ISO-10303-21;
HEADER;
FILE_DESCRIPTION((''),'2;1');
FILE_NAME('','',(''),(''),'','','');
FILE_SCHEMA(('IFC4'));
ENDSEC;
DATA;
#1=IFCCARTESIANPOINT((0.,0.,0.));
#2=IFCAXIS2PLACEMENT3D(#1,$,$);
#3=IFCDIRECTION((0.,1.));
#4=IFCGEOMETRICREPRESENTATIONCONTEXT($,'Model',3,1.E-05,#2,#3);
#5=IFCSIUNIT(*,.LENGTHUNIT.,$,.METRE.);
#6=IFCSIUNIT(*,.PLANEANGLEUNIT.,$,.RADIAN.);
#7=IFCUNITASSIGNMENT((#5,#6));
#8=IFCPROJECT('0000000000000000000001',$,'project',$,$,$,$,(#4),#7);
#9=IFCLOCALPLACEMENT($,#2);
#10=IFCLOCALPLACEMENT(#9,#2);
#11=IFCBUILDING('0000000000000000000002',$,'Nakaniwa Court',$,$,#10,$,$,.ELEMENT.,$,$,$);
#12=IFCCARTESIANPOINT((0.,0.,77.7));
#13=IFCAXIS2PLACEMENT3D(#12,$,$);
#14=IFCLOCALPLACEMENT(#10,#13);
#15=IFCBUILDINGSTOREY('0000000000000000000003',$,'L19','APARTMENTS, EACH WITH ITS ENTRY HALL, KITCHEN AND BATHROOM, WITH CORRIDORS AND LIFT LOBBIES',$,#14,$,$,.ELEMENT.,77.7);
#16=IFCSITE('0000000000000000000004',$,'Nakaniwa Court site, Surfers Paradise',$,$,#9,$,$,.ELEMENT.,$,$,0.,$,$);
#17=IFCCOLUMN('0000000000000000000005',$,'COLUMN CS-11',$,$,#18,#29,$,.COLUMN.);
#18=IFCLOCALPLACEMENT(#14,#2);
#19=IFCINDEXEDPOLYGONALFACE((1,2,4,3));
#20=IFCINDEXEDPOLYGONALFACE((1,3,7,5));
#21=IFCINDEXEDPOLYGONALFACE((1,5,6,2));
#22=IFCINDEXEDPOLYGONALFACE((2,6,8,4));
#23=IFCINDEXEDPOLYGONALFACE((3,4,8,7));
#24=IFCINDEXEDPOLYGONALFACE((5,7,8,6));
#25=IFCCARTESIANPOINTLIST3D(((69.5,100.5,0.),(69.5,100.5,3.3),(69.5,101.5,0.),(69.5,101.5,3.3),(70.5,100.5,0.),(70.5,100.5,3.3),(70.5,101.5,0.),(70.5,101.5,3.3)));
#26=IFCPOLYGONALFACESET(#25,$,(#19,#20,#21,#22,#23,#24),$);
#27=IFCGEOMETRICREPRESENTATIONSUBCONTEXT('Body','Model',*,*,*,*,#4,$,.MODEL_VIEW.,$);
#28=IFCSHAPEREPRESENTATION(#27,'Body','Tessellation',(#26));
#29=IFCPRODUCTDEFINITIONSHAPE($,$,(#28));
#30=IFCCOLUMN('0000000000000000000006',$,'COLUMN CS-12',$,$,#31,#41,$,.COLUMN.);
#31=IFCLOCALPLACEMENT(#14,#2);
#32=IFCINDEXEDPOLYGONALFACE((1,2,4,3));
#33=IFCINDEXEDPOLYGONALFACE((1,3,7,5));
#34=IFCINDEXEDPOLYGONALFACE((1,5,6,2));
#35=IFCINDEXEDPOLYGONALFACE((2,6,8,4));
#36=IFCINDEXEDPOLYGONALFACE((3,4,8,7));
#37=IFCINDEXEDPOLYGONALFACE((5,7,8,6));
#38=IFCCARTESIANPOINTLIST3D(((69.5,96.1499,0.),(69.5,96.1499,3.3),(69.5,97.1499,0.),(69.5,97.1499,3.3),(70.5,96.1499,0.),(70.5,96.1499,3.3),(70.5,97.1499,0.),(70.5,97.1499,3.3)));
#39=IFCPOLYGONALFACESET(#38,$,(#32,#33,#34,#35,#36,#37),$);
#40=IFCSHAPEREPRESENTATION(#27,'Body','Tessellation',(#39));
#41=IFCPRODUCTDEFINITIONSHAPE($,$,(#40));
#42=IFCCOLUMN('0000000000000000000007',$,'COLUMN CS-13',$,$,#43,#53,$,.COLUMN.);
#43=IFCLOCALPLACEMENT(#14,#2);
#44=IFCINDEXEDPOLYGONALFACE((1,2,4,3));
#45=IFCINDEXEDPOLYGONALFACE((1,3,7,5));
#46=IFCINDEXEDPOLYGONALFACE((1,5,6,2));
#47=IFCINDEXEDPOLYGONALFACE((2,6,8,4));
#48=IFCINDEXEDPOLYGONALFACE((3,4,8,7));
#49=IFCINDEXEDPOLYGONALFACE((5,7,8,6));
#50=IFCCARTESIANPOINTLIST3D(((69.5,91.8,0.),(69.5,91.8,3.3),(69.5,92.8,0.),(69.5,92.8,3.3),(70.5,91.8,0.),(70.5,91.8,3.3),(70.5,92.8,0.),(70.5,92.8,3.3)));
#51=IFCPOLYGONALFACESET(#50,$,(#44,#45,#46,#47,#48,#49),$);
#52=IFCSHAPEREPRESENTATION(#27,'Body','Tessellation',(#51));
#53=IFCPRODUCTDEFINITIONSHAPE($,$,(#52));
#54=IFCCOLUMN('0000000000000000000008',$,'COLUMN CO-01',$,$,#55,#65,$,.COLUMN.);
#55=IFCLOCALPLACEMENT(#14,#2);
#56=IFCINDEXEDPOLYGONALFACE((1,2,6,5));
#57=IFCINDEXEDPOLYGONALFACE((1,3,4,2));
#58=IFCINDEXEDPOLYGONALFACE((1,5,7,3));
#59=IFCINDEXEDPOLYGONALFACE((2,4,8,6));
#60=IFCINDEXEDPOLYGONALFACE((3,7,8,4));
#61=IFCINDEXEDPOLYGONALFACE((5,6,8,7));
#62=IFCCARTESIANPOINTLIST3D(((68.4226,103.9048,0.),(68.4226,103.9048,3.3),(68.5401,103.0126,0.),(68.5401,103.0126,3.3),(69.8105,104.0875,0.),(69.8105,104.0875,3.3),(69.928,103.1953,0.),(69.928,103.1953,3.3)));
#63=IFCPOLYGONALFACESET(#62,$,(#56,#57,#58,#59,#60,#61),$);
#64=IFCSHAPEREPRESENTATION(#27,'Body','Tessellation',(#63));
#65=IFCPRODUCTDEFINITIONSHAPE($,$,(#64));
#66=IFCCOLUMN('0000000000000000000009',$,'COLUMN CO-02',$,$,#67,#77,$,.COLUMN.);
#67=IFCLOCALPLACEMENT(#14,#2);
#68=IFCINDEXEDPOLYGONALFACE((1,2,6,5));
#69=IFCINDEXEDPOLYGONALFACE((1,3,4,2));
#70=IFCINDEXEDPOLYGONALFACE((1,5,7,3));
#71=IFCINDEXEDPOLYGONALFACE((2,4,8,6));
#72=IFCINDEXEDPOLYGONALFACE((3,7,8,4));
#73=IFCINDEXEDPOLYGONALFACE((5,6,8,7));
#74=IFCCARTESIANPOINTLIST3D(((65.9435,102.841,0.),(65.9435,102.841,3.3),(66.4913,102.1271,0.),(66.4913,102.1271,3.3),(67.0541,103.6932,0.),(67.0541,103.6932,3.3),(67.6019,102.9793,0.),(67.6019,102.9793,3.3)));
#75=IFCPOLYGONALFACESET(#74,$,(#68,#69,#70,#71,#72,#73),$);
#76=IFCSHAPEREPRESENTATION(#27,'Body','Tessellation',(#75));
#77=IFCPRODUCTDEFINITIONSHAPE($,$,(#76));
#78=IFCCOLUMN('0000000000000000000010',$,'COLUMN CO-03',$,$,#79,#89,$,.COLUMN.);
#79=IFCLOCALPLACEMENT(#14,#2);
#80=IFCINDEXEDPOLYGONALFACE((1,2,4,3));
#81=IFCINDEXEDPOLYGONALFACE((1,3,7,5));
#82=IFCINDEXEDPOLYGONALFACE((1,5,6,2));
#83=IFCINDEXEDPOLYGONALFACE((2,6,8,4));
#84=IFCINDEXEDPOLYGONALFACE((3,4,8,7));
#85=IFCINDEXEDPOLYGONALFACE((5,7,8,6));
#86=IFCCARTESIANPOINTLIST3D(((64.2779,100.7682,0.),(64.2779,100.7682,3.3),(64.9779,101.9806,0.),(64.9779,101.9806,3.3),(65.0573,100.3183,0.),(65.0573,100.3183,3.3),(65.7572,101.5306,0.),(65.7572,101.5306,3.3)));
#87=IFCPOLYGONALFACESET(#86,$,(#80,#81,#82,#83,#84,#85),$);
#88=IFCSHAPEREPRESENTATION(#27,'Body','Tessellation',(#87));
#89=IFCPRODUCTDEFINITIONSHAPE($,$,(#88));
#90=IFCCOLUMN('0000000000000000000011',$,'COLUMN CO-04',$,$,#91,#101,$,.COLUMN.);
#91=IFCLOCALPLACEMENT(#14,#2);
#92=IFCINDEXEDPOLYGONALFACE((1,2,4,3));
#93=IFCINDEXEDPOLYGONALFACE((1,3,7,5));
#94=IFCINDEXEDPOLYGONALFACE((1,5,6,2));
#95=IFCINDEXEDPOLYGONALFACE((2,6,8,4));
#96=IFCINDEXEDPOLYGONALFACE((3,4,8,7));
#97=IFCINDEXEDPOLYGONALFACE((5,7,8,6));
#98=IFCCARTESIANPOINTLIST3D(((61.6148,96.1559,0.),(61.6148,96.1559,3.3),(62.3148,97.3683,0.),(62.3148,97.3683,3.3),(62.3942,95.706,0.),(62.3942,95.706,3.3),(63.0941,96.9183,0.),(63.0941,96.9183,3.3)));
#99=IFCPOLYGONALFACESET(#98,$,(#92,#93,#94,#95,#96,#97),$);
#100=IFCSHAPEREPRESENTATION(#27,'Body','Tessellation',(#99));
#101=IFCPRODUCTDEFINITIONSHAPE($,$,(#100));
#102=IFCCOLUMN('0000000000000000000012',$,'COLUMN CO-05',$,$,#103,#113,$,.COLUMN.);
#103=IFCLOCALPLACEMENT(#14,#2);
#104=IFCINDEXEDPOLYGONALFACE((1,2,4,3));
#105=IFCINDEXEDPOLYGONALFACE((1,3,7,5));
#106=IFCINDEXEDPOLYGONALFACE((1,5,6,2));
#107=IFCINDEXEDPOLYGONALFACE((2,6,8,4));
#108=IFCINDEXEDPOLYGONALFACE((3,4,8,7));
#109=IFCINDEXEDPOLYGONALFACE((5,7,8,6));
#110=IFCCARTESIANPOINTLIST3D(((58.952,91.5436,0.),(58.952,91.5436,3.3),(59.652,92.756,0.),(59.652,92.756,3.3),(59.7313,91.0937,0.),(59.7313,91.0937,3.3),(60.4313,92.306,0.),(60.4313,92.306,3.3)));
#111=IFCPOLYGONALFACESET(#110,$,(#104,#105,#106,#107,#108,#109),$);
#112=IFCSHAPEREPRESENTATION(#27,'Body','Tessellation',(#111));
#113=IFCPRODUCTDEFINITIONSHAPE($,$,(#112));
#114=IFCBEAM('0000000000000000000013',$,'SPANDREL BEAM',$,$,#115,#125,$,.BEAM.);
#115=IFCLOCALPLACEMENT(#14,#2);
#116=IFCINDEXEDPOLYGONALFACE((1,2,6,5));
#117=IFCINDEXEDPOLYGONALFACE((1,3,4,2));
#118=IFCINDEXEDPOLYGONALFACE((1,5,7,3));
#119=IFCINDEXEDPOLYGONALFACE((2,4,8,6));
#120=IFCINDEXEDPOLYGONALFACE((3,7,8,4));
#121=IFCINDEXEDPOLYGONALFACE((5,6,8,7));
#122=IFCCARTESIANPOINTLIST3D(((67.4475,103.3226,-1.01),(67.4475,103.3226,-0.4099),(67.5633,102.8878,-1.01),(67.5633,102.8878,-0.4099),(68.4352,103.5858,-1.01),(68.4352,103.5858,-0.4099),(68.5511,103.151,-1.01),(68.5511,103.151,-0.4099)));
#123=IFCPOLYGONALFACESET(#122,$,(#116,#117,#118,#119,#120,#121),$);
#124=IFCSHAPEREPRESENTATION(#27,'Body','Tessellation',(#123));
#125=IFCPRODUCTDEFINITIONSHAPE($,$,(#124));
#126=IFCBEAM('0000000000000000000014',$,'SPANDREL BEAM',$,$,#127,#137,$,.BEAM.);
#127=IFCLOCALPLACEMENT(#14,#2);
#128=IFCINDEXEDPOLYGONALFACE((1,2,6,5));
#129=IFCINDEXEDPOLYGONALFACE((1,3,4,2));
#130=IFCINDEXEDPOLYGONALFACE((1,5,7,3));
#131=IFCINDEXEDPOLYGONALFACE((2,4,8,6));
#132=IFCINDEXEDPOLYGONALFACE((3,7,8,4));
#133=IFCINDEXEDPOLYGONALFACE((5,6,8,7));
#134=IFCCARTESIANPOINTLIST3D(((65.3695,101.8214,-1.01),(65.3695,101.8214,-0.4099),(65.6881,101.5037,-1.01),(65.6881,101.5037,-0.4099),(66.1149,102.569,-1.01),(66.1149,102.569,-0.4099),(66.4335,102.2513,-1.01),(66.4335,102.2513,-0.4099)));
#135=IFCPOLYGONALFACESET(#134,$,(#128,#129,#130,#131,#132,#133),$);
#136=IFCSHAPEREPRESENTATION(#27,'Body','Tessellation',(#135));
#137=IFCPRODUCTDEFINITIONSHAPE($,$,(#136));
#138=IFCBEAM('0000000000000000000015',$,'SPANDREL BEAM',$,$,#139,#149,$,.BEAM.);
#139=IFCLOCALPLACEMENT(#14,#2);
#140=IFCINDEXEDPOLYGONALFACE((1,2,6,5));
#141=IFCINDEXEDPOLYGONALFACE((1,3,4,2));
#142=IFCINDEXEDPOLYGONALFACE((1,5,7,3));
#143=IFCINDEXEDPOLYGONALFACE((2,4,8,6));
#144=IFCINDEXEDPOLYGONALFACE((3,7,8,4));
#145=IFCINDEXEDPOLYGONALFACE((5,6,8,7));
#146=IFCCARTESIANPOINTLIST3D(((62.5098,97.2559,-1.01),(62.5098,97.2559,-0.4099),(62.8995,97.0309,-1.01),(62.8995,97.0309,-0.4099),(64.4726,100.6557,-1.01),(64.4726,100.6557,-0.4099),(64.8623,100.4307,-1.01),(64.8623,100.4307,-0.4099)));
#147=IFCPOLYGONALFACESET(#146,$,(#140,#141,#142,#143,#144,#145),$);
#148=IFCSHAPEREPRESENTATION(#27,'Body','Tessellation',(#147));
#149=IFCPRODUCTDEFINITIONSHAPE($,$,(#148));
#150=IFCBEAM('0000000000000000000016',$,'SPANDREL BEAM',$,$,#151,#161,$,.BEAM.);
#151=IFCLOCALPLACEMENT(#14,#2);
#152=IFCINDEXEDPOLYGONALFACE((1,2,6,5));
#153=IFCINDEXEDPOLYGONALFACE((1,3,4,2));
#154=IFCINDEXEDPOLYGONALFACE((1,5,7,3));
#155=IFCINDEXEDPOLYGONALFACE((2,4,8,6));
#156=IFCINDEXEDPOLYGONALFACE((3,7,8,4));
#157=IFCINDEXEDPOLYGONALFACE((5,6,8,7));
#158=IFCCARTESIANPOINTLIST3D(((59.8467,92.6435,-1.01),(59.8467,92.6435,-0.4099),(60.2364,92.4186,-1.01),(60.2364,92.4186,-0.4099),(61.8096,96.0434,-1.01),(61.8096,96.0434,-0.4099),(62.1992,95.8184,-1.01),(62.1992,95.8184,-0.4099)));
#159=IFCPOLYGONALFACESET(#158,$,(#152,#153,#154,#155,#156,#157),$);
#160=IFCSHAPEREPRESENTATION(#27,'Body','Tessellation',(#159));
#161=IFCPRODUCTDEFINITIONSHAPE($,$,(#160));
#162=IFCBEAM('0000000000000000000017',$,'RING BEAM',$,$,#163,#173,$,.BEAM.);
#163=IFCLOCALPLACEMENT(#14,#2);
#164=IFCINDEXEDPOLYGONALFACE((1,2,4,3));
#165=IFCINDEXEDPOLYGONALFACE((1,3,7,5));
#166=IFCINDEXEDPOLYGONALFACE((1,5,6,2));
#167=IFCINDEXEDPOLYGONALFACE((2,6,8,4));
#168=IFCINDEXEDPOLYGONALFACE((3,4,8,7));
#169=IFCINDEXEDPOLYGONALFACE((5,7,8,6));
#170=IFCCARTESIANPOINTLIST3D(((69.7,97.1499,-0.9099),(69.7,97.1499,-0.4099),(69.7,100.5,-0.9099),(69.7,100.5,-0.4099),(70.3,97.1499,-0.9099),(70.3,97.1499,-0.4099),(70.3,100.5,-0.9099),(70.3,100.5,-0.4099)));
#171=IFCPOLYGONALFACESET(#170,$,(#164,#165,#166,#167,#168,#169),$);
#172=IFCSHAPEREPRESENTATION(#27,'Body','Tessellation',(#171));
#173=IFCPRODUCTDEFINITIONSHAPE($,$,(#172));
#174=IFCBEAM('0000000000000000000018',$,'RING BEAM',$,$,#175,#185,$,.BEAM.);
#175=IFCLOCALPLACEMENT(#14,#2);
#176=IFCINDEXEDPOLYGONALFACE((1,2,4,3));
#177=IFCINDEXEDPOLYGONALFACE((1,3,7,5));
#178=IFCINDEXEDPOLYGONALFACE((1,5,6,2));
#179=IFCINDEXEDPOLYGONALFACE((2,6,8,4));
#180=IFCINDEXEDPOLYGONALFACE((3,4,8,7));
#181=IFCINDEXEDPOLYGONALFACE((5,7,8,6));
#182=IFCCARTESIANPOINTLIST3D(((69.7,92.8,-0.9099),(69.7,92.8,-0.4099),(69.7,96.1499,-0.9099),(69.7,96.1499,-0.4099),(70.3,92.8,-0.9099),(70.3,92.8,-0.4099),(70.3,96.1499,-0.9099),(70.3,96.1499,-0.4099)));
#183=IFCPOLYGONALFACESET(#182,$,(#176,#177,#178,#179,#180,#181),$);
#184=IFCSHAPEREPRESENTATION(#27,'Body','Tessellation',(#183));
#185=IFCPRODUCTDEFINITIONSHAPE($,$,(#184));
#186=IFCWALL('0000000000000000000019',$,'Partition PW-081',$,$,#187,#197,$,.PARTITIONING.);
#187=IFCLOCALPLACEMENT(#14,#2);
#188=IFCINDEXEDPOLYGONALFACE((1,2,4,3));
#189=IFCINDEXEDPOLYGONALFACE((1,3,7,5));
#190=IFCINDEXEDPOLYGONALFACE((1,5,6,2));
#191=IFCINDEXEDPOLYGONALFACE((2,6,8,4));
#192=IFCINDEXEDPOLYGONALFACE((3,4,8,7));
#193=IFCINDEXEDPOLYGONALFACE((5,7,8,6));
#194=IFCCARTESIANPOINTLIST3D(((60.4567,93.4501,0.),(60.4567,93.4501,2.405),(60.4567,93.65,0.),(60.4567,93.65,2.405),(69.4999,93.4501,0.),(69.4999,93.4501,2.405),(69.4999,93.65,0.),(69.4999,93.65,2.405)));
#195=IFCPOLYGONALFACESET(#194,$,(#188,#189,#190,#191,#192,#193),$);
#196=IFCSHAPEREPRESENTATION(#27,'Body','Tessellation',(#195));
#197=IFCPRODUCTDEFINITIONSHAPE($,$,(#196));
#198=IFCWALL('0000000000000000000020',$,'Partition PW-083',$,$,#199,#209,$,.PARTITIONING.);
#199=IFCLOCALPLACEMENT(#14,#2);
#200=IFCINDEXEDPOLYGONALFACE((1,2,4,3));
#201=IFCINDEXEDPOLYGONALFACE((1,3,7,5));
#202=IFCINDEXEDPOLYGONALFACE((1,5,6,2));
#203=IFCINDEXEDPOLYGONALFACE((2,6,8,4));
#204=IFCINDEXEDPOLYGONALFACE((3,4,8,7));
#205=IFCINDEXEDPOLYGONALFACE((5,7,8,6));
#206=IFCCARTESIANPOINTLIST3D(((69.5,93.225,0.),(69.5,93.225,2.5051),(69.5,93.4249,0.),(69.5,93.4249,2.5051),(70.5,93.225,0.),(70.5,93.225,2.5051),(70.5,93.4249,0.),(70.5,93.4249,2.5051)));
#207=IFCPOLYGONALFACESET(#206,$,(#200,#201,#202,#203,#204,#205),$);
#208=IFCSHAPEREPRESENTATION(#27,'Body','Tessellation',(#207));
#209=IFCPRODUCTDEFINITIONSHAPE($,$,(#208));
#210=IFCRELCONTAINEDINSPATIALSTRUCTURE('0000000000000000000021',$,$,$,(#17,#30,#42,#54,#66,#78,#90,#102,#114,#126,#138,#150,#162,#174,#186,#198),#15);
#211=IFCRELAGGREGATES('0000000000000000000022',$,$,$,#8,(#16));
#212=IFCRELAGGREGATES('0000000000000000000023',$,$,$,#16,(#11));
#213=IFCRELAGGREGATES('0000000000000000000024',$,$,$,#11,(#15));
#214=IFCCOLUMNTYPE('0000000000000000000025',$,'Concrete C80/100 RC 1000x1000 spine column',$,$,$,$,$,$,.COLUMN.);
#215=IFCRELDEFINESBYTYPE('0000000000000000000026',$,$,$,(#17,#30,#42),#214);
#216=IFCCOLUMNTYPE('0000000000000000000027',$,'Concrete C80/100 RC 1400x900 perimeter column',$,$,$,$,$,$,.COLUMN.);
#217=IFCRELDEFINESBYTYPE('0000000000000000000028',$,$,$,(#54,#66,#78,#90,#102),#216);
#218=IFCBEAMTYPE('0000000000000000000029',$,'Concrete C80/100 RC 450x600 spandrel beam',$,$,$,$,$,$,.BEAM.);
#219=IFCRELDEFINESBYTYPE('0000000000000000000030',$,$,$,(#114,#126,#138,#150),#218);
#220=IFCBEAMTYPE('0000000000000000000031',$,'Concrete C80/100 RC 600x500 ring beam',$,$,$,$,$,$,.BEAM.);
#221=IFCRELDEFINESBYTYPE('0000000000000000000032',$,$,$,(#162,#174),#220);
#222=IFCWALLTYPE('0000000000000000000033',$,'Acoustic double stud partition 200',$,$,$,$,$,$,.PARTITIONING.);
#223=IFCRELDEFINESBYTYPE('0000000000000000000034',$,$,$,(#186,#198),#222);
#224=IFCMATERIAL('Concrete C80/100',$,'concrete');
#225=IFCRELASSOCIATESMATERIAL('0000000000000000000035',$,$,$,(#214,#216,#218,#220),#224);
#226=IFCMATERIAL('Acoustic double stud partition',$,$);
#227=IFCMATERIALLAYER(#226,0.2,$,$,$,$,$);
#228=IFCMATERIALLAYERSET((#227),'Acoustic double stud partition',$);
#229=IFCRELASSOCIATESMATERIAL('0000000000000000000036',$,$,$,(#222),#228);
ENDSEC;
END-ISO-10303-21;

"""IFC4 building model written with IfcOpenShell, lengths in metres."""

from ifc_helpers import new_model, si_unit, direction, frame, frame_2d, origin, origin_2d, place, context, subcontext, project, spatial, rectangle, extrude, material, layer, layer_set, material_profile, profile_set, type_object, element, save


model = new_model("IFC4")

# Units and contexts
model_context = context("Model", 3, precision=1e-05, world=origin(), true_north=direction((0.0, 1.0)))
body_context = subcontext(model_context, "Body", "Model", "MODEL_VIEW")
ifc_project = project(units=[si_unit("LENGTHUNIT", "METRE"), si_unit("PLANEANGLEUNIT", "RADIAN")], contexts=[model_context])

# Site, building, storey
site_placement = place(None, origin())
site = spatial("IfcSite", under=ifc_project, at=site_placement, Name="Nakaniwa Court site, Surfers Paradise", CompositionType="ELEMENT", RefElevation=0.0)
building_placement = place(site_placement, origin())
building = spatial("IfcBuilding", under=site, at=building_placement, Name="Nakaniwa Court", CompositionType="ELEMENT")
storey_placement = place(building_placement, frame((0.0, 0.0, 77.7)))
storey = spatial("IfcBuildingStorey", under=building, at=storey_placement, Name="L19", Description="APARTMENTS, EACH WITH ITS ENTRY HALL, KITCHEN AND BATHROOM, WITH CORRIDORS AND LIFT LOBBIES", CompositionType="ELEMENT", Elevation=77.7)

# Columns
ifc_material_1 = material(Name="Concrete C80/100", Category="concrete")
ifc_material_profile_1 = material_profile(ifc_material_1, rectangle(XDim=1.0, YDim=1.0, at=origin_2d()), Name="Concrete C80/100 RC 1000x1000 spine column")
ifc_profile_set_1 = profile_set([ifc_material_profile_1], Name="Concrete C80/100")
column_type_1 = type_object("IfcColumnType", Name="Concrete C80/100 RC 1000x1000 spine column", PredefinedType="COLUMN", material=ifc_profile_set_1)
for number, where, z_axis, x_axis, name in (
    (1, (70.0, 101.0, 0.0), (0.0, 0.0, 1.0), (0.0, -1.0, 0.0), "COLUMN CS-11"),
    (2, (70.0, 96.6499, 0.0), (0.0, 0.0, 1.0), (0.0, -1.0, 0.0), "COLUMN CS-12"),
    (3, (70.0, 92.3, 0.0), (0.0, 0.0, 1.0), (0.0, -1.0, 0.0), "COLUMN CS-13"),
):
    element("IfcColumn", number, at=place(storey_placement, frame(where, z_axis=z_axis, x_axis=x_axis)), inside=storey, type_object=column_type_1, Name=name, PredefinedType="COLUMN", context=body_context, shape_type="SweptSolid", body=[
        extrude(rectangle(XDim=1.0, YDim=1.0, at=origin_2d()), origin(), (0.0, 0.0, 1.0), 3.3),
    ])
ifc_material_profile_2 = material_profile(ifc_material_1, rectangle(XDim=1.3999, YDim=0.8999, at=origin_2d()), Name="Concrete C80/100 RC 1400x900 perimeter column")
ifc_profile_set_2 = profile_set([ifc_material_profile_2], Name="Concrete C80/100")
column_type_2 = type_object("IfcColumnType", Name="Concrete C80/100 RC 1400x900 perimeter column", PredefinedType="COLUMN", material=ifc_profile_set_2)
for number, where, z_axis, x_axis, name in (
    (4, (69.1753, 103.55, 0.0), (0.0, 0.0, 1.0), (-0.991443, -0.130543, 0.0), "COLUMN CO-01"),
    (5, (66.7727, 102.9102, 0.0), (0.0, 0.0, 1.0), (-0.793364, -0.608748, 0.0), "COLUMN CO-02"),
    (6, (65.0176, 101.1494, 0.0), (0.0, 0.0, 1.0), (-0.5, -0.866025, 0.0), "COLUMN CO-03"),
    (7, (62.3545, 96.5371, 0.0), (0.0, 0.0, 1.0), (-0.5, -0.866025, 0.0), "COLUMN CO-04"),
    (8, (59.6917, 91.9248, 0.0), (0.0, 0.0, 1.0), (-0.5, -0.866025, 0.0), "COLUMN CO-05"),
):
    element("IfcColumn", number, at=place(storey_placement, frame(where, z_axis=z_axis, x_axis=x_axis)), inside=storey, type_object=column_type_2, Name=name, PredefinedType="COLUMN", context=body_context, shape_type="SweptSolid", body=[
        extrude(rectangle(XDim=1.3999, YDim=0.8999, at=origin_2d()), origin(), (0.0, 0.0, 1.0), 3.3),
    ])

# Beams
ifc_material_profile_3 = material_profile(ifc_material_1, rectangle(XDim=0.45, YDim=0.6001, at=origin_2d()), Name="Concrete C80/100 RC 450x600 spandrel beam")
ifc_profile_set_3 = profile_set([ifc_material_profile_3], Name="Concrete C80/100")
beam_type_1 = type_object("IfcBeamType", Name="Concrete C80/100 RC 450x600 spandrel beam", PredefinedType="BEAM", material=ifc_profile_set_3)
beam_1_placement = place(storey_placement, frame((68.4932, 103.3684, -0.71), z_axis=(-0.96629, -0.257455, 0.0), x_axis=(0.257455, -0.96629, 0.0)))
element("IfcBeam", 9, at=beam_1_placement, inside=storey, type_object=beam_type_1, Name="SPANDREL BEAM", PredefinedType="BEAM", context=body_context, shape_type="SweptSolid", body=[
    extrude(rectangle(XDim=0.45, YDim=0.6001, at=origin_2d()), origin(), (0.0, 0.0, 1.0), 1.0222),
])
beam_2_placement = place(storey_placement, frame((66.2742, 102.4102, -0.71), z_axis=(-0.706065, -0.708147, 0.0), x_axis=(0.708147, -0.706065, 0.0)))
element("IfcBeam", 10, at=beam_2_placement, inside=storey, type_object=beam_type_1, Name="SPANDREL BEAM", PredefinedType="BEAM", context=body_context, shape_type="SweptSolid", body=[
    extrude(rectangle(XDim=0.45, YDim=0.6001, at=origin_2d()), origin(), (0.0, 0.0, 1.0), 1.0557),
])
for number, where, z_axis, x_axis, name in (
    (11, (64.6675, 100.5432, -0.71), (-0.499992, -0.86603, 0.0), (0.86603, -0.499992, 0.0), "SPANDREL BEAM"),
    (12, (62.0044, 95.9309, -0.71), (-0.499992, -0.86603, 0.0), (0.86603, -0.499992, 0.0), "SPANDREL BEAM"),
):
    element("IfcBeam", number, at=place(storey_placement, frame(where, z_axis=z_axis, x_axis=x_axis)), inside=storey, type_object=beam_type_1, Name=name, PredefinedType="BEAM", context=body_context, shape_type="SweptSolid", body=[
        extrude(rectangle(XDim=0.45, YDim=0.6001, at=origin_2d()), origin(), (0.0, 0.0, 1.0), 3.9258),
    ])
ifc_material_profile_4 = material_profile(ifc_material_1, rectangle(XDim=0.6001, YDim=0.5, at=origin_2d()), Name="Concrete C80/100 RC 600x500 ring beam")
ifc_profile_set_4 = profile_set([ifc_material_profile_4], Name="Concrete C80/100")
beam_type_2 = type_object("IfcBeamType", Name="Concrete C80/100 RC 600x500 ring beam", PredefinedType="BEAM", material=ifc_profile_set_4)
beam_3_placement = place(storey_placement, frame((70.0, 100.5, -0.6599), z_axis=(0.0, -1.0, 0.0), x_axis=(1.0, 0.0, 0.0)))
element("IfcBeam", 13, at=beam_3_placement, inside=storey, type_object=beam_type_2, Name="RING BEAM", PredefinedType="BEAM", context=body_context, shape_type="SweptSolid", body=[
    extrude(rectangle(XDim=0.6001, YDim=0.5, at=origin_2d()), origin(), (0.0, 0.0, 1.0), 3.3501),
])
beam_4_placement = place(storey_placement, frame((70.0, 96.1499, -0.6599), z_axis=(0.0, -1.0, 0.0), x_axis=(1.0, 0.0, 0.0)))
element("IfcBeam", 14, at=beam_4_placement, inside=storey, type_object=beam_type_2, Name="RING BEAM", PredefinedType="BEAM", context=body_context, shape_type="SweptSolid", body=[
    extrude(rectangle(XDim=0.6001, YDim=0.5, at=origin_2d()), origin(), (0.0, 0.0, 1.0), 3.3499),
])

# Walls
ifc_material_2 = material(Name="Acoustic double stud partition")
ifc_layer_1 = layer(ifc_material_2, 0.2)
ifc_layer_set_1 = layer_set([ifc_layer_1], Name="Acoustic double stud partition")
wall_type_1 = type_object("IfcWallType", Name="Acoustic double stud partition 200", PredefinedType="PARTITIONING", material=ifc_layer_set_1)
wall_1_placement = place(storey_placement, frame((60.4568, 93.55, 0.0), z_axis=(0.0, 0.0, 1.0), x_axis=(1.0, 0.0, 0.0)))
element("IfcWall", 15, at=wall_1_placement, inside=storey, type_object=wall_type_1, Name="Partition PW-081", PredefinedType="PARTITIONING", context=body_context, shape_type="SweptSolid", body=[
    extrude(rectangle(XDim=9.0432, YDim=0.2, at=frame_2d((4.5215, 0.0))), origin(), (0.0, 0.0, 1.0), 2.405),
])
for number, where, z_axis, x_axis, name in (
    (16, (69.5, 93.325, 0.0), (0.0, 0.0, 1.0), (1.0, 0.0, 0.0), "Partition PW-083"),
):
    element("IfcWall", number, at=place(storey_placement, frame(where, z_axis=z_axis, x_axis=x_axis)), inside=storey, type_object=wall_type_1, Name=name, PredefinedType="PARTITIONING", context=body_context, shape_type="SweptSolid", body=[
        extrude(rectangle(XDim=1.0, YDim=0.2, at=frame_2d((0.5, 0.0))), origin(), (0.0, 0.0, 1.0), 2.5051),
    ])

save(model, "model.ifc")
